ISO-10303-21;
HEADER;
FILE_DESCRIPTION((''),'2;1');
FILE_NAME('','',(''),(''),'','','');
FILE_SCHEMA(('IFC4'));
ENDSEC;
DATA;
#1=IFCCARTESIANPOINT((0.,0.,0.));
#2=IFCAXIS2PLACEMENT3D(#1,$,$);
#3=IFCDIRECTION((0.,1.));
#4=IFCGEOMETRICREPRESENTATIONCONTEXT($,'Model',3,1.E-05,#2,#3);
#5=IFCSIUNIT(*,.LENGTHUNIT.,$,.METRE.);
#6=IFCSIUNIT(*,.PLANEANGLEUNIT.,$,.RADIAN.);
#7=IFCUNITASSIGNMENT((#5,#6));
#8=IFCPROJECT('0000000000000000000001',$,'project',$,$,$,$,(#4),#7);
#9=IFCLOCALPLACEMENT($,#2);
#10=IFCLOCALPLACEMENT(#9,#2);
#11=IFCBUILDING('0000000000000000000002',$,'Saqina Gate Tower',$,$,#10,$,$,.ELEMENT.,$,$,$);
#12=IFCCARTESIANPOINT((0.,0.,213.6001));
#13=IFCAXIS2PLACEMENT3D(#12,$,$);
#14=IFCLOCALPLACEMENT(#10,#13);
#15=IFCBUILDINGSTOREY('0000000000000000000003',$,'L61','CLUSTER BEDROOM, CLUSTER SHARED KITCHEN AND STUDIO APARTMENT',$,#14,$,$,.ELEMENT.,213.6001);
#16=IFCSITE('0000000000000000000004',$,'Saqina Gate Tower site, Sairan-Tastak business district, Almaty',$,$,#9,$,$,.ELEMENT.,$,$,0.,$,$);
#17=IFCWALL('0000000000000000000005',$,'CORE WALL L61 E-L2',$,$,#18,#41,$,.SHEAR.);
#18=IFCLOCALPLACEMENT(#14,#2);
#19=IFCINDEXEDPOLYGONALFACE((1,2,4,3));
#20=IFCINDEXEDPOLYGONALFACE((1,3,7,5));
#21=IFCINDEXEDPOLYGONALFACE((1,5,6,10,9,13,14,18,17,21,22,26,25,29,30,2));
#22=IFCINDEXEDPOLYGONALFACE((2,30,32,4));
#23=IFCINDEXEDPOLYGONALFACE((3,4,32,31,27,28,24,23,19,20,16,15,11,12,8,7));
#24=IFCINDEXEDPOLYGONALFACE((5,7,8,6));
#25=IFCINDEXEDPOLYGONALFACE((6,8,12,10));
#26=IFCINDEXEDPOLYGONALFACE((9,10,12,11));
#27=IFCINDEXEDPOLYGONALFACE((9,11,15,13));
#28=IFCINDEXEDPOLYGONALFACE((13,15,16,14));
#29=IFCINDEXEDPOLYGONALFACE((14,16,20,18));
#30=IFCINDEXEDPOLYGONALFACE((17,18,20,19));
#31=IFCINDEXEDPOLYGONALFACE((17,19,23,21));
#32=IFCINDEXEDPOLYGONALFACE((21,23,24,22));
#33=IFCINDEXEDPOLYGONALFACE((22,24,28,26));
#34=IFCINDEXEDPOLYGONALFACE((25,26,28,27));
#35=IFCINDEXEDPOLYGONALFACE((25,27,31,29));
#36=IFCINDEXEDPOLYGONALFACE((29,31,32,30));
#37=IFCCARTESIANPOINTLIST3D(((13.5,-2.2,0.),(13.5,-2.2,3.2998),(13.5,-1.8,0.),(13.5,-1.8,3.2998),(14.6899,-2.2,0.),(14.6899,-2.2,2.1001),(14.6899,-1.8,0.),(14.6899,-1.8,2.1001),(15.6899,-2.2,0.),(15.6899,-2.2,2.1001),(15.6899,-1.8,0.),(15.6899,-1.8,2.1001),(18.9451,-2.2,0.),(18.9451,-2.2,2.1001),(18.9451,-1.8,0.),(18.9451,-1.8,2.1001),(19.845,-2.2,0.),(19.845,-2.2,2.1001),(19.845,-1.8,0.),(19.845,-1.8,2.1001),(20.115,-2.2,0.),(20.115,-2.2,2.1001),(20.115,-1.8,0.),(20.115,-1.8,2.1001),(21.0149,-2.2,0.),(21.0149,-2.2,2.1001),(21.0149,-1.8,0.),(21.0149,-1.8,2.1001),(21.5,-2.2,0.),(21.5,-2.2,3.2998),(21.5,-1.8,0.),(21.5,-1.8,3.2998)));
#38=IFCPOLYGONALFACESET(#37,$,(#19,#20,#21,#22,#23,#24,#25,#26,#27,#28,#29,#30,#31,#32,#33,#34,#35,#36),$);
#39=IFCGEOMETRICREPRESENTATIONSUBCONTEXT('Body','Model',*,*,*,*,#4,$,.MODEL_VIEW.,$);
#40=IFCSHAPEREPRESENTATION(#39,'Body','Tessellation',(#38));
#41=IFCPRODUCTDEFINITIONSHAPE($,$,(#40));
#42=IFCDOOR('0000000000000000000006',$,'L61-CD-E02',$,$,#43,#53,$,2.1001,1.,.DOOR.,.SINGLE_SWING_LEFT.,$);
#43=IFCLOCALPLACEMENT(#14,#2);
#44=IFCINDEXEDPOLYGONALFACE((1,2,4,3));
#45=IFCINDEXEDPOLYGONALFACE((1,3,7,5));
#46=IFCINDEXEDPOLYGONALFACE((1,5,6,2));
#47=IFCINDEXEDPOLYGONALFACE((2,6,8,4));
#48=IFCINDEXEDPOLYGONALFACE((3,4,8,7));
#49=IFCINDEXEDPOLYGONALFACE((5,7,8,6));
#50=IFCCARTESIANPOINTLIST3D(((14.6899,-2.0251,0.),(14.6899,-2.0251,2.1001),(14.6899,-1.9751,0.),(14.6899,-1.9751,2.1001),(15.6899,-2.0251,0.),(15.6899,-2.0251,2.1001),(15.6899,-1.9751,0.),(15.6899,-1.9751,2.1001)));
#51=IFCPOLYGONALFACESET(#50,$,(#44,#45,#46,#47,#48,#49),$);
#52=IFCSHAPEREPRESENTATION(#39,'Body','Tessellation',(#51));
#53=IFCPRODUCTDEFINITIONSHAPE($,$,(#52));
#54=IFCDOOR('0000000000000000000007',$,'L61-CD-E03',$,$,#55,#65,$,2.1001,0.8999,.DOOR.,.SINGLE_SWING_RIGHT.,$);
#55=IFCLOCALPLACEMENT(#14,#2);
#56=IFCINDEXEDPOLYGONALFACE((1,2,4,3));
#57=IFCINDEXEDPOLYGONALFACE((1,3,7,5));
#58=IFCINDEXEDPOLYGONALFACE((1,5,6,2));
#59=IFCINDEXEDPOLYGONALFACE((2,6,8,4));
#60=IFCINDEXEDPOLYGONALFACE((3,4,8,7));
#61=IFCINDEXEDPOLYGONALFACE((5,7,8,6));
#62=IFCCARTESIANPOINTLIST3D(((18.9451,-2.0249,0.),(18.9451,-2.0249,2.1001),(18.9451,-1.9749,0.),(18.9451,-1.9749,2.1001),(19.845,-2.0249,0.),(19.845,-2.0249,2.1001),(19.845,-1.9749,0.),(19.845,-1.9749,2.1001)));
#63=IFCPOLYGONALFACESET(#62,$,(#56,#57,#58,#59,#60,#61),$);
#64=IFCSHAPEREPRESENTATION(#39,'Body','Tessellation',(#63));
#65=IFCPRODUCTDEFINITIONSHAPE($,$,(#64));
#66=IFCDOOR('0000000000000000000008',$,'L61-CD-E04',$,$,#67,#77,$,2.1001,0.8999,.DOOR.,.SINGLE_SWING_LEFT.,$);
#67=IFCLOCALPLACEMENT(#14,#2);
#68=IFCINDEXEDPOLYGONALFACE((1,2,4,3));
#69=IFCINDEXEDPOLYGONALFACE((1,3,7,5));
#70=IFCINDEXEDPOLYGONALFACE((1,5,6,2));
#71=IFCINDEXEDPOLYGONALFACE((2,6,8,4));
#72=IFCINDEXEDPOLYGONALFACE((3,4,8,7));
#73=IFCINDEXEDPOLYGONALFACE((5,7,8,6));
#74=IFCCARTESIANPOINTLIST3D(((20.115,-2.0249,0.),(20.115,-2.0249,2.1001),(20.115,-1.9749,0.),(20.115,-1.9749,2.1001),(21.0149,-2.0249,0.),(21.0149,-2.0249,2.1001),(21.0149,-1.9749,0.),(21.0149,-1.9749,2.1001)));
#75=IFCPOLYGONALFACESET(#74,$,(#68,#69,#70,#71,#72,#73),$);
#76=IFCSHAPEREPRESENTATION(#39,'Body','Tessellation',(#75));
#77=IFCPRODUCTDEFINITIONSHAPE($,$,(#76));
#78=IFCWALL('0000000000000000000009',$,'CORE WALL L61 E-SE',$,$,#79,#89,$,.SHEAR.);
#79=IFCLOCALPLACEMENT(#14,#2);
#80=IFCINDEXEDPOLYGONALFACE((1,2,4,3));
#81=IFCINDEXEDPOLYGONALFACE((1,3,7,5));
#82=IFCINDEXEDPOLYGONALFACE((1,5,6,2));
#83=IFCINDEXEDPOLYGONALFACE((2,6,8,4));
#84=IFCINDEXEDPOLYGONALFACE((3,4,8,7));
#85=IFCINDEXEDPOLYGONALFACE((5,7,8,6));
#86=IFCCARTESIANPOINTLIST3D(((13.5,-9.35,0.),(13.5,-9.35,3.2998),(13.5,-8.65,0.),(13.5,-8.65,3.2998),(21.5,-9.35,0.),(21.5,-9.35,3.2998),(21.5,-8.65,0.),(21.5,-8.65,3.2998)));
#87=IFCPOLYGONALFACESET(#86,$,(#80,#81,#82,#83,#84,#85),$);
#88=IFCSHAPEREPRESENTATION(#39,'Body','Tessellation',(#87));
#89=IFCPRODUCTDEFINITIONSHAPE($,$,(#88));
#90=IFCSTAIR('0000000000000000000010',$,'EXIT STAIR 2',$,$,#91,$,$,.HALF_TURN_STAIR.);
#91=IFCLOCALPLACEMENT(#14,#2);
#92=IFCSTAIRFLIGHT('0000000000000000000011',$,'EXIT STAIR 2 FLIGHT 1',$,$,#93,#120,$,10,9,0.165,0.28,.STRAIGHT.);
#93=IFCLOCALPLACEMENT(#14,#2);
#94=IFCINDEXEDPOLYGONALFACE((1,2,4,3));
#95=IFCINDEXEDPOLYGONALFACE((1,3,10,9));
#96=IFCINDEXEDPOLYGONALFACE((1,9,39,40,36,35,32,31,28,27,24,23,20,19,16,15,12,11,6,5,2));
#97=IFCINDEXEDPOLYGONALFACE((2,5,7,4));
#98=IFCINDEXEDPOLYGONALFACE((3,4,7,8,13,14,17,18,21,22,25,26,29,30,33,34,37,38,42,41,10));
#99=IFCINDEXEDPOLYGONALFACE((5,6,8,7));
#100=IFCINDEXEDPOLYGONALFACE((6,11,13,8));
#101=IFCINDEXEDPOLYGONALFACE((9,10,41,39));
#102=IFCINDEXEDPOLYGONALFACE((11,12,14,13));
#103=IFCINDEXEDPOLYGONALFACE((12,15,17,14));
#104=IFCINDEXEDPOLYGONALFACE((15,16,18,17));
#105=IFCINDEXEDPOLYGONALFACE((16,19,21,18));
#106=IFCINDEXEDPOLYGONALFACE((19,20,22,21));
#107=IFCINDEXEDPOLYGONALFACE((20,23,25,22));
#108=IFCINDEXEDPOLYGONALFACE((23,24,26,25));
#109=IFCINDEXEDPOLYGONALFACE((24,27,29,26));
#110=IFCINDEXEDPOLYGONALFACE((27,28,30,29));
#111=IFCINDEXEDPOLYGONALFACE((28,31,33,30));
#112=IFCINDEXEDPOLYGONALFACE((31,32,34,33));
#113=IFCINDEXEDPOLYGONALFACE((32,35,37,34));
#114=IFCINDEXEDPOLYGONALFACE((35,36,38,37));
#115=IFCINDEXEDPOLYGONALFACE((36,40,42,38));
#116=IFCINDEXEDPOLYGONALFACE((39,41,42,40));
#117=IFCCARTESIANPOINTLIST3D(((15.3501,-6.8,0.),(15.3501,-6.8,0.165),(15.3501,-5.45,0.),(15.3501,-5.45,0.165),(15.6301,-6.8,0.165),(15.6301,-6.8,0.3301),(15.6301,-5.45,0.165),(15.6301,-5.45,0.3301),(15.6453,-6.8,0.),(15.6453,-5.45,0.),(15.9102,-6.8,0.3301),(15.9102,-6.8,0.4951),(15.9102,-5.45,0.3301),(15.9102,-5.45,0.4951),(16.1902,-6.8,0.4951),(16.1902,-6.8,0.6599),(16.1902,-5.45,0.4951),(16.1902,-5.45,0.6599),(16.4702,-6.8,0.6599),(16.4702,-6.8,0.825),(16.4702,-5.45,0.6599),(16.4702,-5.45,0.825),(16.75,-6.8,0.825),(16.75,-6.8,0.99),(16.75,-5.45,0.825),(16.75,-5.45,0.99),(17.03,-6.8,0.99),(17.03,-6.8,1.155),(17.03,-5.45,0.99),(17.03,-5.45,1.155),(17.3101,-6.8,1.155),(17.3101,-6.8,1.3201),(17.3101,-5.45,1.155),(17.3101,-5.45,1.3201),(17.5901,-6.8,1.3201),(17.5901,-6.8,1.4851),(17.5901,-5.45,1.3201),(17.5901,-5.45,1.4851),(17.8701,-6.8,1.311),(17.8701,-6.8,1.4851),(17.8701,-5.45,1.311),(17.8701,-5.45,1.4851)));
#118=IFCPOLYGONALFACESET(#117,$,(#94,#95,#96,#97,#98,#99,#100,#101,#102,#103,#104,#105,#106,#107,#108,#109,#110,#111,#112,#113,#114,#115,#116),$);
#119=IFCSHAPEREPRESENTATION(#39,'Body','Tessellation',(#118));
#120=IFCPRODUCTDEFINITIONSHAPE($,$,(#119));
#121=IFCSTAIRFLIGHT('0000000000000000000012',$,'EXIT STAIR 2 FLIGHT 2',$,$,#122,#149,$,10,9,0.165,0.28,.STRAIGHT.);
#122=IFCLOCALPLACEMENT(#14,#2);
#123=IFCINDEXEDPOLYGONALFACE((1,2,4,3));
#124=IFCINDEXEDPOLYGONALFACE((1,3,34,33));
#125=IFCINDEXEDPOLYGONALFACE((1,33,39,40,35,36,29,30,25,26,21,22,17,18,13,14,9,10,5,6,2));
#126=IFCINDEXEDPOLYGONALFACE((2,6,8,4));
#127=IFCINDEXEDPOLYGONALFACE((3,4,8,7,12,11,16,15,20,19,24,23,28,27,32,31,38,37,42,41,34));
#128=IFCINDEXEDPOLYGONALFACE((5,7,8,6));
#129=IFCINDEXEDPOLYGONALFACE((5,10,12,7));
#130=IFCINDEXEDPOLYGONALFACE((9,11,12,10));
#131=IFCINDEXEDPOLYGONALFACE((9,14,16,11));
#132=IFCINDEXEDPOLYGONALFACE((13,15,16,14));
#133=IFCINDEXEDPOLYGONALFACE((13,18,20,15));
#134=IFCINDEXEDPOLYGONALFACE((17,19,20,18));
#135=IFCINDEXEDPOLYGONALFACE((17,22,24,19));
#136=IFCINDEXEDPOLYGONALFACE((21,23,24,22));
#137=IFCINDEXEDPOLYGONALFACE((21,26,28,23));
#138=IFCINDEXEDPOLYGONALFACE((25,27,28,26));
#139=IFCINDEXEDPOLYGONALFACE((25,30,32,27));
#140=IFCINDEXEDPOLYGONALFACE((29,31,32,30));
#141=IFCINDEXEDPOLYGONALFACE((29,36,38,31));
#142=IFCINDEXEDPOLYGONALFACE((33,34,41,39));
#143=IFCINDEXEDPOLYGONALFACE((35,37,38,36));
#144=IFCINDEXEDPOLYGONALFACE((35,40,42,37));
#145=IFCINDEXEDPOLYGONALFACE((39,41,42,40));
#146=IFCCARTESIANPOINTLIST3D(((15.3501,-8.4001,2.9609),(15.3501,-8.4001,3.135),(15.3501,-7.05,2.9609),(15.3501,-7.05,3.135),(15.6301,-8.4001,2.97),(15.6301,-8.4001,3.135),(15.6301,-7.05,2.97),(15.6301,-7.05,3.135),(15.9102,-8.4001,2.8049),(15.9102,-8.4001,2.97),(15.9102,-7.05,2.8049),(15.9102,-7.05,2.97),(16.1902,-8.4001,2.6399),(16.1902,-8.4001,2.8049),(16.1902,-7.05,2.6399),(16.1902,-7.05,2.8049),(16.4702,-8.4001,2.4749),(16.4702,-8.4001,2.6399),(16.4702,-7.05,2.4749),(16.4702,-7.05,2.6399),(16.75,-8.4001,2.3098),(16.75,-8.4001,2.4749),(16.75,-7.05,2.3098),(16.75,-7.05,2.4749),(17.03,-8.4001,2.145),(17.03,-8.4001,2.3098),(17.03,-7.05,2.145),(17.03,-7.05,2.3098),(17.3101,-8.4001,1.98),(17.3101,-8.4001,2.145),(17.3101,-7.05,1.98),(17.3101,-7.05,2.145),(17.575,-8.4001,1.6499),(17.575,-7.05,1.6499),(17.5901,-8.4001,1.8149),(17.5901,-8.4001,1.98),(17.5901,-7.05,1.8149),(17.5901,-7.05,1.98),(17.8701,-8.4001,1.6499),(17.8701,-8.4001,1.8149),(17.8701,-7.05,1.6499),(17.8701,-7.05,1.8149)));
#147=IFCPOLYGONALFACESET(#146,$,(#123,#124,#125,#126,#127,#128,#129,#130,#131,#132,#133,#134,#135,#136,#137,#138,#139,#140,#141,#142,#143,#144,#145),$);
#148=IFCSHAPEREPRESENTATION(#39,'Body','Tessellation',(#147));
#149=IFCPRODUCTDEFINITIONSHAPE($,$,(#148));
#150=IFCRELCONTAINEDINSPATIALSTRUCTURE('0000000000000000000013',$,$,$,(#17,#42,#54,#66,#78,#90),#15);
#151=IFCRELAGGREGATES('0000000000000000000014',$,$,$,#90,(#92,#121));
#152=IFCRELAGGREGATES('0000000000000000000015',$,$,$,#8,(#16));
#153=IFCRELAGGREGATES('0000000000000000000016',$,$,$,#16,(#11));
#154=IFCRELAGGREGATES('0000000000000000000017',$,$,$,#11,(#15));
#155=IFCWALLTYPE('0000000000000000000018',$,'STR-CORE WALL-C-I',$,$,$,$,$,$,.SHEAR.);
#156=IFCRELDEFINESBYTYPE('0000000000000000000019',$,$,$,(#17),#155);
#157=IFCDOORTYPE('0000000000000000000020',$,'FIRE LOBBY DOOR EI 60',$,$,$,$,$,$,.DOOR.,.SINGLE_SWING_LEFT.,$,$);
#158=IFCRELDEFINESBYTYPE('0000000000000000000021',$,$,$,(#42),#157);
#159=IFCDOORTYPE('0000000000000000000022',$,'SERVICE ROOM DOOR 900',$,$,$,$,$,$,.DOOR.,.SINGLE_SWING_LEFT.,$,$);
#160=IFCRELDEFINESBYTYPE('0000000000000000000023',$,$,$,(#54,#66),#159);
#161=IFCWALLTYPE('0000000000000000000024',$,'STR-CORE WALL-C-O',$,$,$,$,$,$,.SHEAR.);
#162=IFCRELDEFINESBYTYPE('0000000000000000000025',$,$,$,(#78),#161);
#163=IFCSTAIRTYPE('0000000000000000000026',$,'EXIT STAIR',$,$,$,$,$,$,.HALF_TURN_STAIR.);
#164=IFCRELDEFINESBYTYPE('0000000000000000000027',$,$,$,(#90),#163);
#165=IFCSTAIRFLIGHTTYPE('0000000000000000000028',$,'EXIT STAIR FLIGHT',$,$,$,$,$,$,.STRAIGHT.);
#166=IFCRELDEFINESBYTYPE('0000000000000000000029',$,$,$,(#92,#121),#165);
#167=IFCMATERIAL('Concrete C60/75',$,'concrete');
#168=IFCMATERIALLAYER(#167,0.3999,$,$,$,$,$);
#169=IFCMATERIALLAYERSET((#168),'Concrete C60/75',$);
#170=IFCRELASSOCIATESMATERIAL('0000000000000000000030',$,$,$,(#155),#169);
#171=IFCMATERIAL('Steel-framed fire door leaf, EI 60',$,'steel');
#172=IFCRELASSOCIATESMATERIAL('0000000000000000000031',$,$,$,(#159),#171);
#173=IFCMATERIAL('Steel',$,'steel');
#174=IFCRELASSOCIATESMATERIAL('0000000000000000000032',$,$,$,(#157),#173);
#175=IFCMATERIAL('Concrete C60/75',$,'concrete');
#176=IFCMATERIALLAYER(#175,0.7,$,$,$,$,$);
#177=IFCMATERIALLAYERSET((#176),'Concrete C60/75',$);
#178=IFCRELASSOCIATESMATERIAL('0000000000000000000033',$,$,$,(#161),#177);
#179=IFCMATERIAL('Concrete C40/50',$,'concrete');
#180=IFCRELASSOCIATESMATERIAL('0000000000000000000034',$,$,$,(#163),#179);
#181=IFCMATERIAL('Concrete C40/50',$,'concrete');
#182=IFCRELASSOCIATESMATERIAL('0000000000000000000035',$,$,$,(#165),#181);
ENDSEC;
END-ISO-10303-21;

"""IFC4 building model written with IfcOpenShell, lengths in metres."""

from ifc_helpers import new_model, si_unit, direction, frame, frame_2d, origin, place, context, subcontext, project, spatial, polyline, rectangle, outline, extrude, material, layer, layer_set, type_object, element, fill, aggregate, save


model = new_model("IFC4")

# Units and contexts
model_context = context("Model", 3, precision=1e-05, world=origin(), true_north=direction((0.0, 1.0)))
body_context = subcontext(model_context, "Body", "Model", "MODEL_VIEW")
ifc_project = project(units=[si_unit("LENGTHUNIT", "METRE"), si_unit("PLANEANGLEUNIT", "RADIAN")], contexts=[model_context])

# Site, building, storey
site_placement = place(None, origin())
site = spatial("IfcSite", under=ifc_project, at=site_placement, Name="Saqina Gate Tower site, Sairan-Tastak business district, Almaty", CompositionType="ELEMENT", RefElevation=0.0)
building_placement = place(site_placement, origin())
building = spatial("IfcBuilding", under=site, at=building_placement, Name="Saqina Gate Tower", CompositionType="ELEMENT")
storey_placement = place(building_placement, frame((0.0, 0.0, 213.6001)))
storey = spatial("IfcBuildingStorey", under=building, at=storey_placement, Name="L61", Description="CLUSTER BEDROOM, CLUSTER SHARED KITCHEN AND STUDIO APARTMENT", CompositionType="ELEMENT", Elevation=213.6001)

# Wall, openings, doors
ifc_material_1 = material(Name="Concrete C60/75", Category="concrete")
ifc_layer_1 = layer(ifc_material_1, 0.3999)
ifc_layer_set_1 = layer_set([ifc_layer_1], Name="Concrete C60/75")
wall_type_1 = type_object("IfcWallType", Name="STR-CORE WALL-C-I", PredefinedType="SHEAR", material=ifc_layer_set_1)
ifc_material_2 = material(Name="Steel-framed fire door leaf, EI 60", Category="steel")
door_type_1 = type_object("IfcDoorType", Name="SERVICE ROOM DOOR 900", OperationType="SINGLE_SWING_LEFT", PredefinedType="DOOR", material=ifc_material_2)
wall_1_placement = place(storey_placement, frame((13.5, -2.0, 0.0), z_axis=(0.0, 0.0, 1.0), x_axis=(1.0, 0.0, 0.0)))
wall_1 = element("IfcWall", 1, at=wall_1_placement, inside=storey, type_object=wall_type_1, Name="CORE WALL L61 E-L2", PredefinedType="SHEAR", context=body_context, shape_type="SweptSolid", body=[
    extrude(rectangle(XDim=8.0, YDim=0.3999, at=frame_2d((4.0, 0.0))), origin(), (0.0, 0.0, 1.0), 3.2998),
])
opening_1_placement = place(wall_1_placement, frame((1.1899, 0.0, 0.0)))
opening_1 = element("IfcOpeningElement", 2, at=opening_1_placement, cuts=wall_1, PredefinedType="OPENING", context=body_context, shape_type="SweptSolid", body=[
    extrude(rectangle(XDim=1.0, YDim=2.1001, at=frame_2d((0.5, 1.05))), frame((0.0, 0.2119, 0.0), z_axis=(0.0, -1.0, 0.0), x_axis=(1.0, 0.0, 0.0)), (0.0, 0.0, 1.0), 0.4238),
])
opening_2_placement = place(wall_1_placement, frame((5.4451, 0.0, 0.0)))
opening_2 = element("IfcOpeningElement", 3, at=opening_2_placement, cuts=wall_1, PredefinedType="OPENING", context=body_context, shape_type="SweptSolid", body=[
    extrude(rectangle(XDim=0.8999, YDim=2.1001, at=frame_2d((0.45, 1.05))), frame((0.0, 0.2119, 0.0), z_axis=(0.0, -1.0, 0.0), x_axis=(1.0, 0.0, 0.0)), (0.0, 0.0, 1.0), 0.4238),
])
opening_3_placement = place(wall_1_placement, frame((6.615, 0.0, 0.0)))
opening_3 = element("IfcOpeningElement", 4, at=opening_3_placement, cuts=wall_1, PredefinedType="OPENING", context=body_context, shape_type="SweptSolid", body=[
    extrude(rectangle(XDim=0.8999, YDim=2.1001, at=frame_2d((0.45, 1.05))), frame((0.0, 0.2119, 0.0), z_axis=(0.0, -1.0, 0.0), x_axis=(1.0, 0.0, 0.0)), (0.0, 0.0, 1.0), 0.4238),
])
ifc_material_3 = material(Name="Steel", Category="steel")
door_type_2 = type_object("IfcDoorType", Name="FIRE LOBBY DOOR EI 60", OperationType="SINGLE_SWING_LEFT", PredefinedType="DOOR", material=ifc_material_3)
door_1_placement = place(opening_1_placement, origin())
door_1 = element("IfcDoor", 5, at=door_1_placement, inside=storey, type_object=door_type_2, Name="L61-CD-E02", OperationType="SINGLE_SWING_LEFT", OverallHeight=2.1001, OverallWidth=1.0, PredefinedType="DOOR", context=body_context, shape_type="SweptSolid", body=[
    extrude(rectangle(XDim=1.0, YDim=2.1001, at=frame_2d((0.5, 1.05))), frame((0.0, 0.0249, 0.0), z_axis=(0.0, -1.0, 0.0), x_axis=(1.0, 0.0, 0.0)), (0.0, 0.0, 1.0), 0.05),
])
fill(opening_1, door_1)
door_2_placement = place(opening_2_placement, frame((0.8999, 0.0, 0.0), z_axis=(0.0, 0.0, 1.0), x_axis=(-1.0, 0.0, 0.0)))
door_2 = element("IfcDoor", 6, at=door_2_placement, inside=storey, type_object=door_type_1, Name="L61-CD-E03", OperationType="SINGLE_SWING_RIGHT", OverallHeight=2.1001, OverallWidth=0.8999, PredefinedType="DOOR", context=body_context, shape_type="SweptSolid", body=[
    extrude(rectangle(XDim=0.8999, YDim=2.1001, at=frame_2d((0.45, 1.05))), frame((0.0, 0.0249, 0.0), z_axis=(0.0, -1.0, 0.0), x_axis=(1.0, 0.0, 0.0)), (0.0, 0.0, 1.0), 0.05),
])
fill(opening_2, door_2)
door_3_placement = place(opening_3_placement, frame((0.8999, 0.0, 0.0), z_axis=(0.0, 0.0, 1.0), x_axis=(-1.0, 0.0, 0.0)))
door_3 = element("IfcDoor", 7, at=door_3_placement, inside=storey, type_object=door_type_1, Name="L61-CD-E04", OperationType="SINGLE_SWING_LEFT", OverallHeight=2.1001, OverallWidth=0.8999, PredefinedType="DOOR", context=body_context, shape_type="SweptSolid", body=[
    extrude(rectangle(XDim=0.8999, YDim=2.1001, at=frame_2d((0.45, 1.05))), frame((0.0, 0.0249, 0.0), z_axis=(0.0, -1.0, 0.0), x_axis=(1.0, 0.0, 0.0)), (0.0, 0.0, 1.0), 0.05),
])
fill(opening_3, door_3)
ifc_material_4 = material(Name="Concrete C60/75", Category="concrete")
ifc_layer_2 = layer(ifc_material_4, 0.7)
ifc_layer_set_2 = layer_set([ifc_layer_2], Name="Concrete C60/75")
wall_type_2 = type_object("IfcWallType", Name="STR-CORE WALL-C-O", PredefinedType="SHEAR", material=ifc_layer_set_2)

# Wall
wall_2_placement = place(storey_placement, frame((13.5, -9.0, 0.0), z_axis=(0.0, 0.0, 1.0), x_axis=(1.0, 0.0, 0.0)))
element("IfcWall", 8, at=wall_2_placement, inside=storey, type_object=wall_type_2, Name="CORE WALL L61 E-SE", PredefinedType="SHEAR", context=body_context, shape_type="SweptSolid", body=[
    extrude(rectangle(XDim=8.0, YDim=0.7, at=frame_2d((4.0, 0.0))), origin(), (0.0, 0.0, 1.0), 3.2998),
])

# Stair, stair flights
ifc_material_5 = material(Name="Concrete C40/50", Category="concrete")
stair_type = type_object("IfcStairType", Name="EXIT STAIR", PredefinedType="HALF_TURN_STAIR", material=ifc_material_5)
stair_placement = place(storey_placement, origin())
stair = element("IfcStair", 9, at=stair_placement, inside=storey, type_object=stair_type, Name="EXIT STAIR 2", PredefinedType="HALF_TURN_STAIR")
ifc_material_6 = material(Name="Concrete C40/50", Category="concrete")
stair_flight_type = type_object("IfcStairFlightType", Name="EXIT STAIR FLIGHT", PredefinedType="STRAIGHT", material=ifc_material_6)
stair_flight_1_placement = place(storey_placement, frame((15.3501, -6.125, 0.0), z_axis=(0.0, 0.0, 1.0), x_axis=(1.0, 0.0, 0.0)))
stair_flight_1 = element("IfcStairFlight", 10, at=stair_flight_1_placement, type_object=stair_flight_type, Name="EXIT STAIR 2 FLIGHT 1", NumberOfRisers=10, NumberOfTreads=9, PredefinedType="STRAIGHT", RiserHeight=0.165, TreadLength=0.28, context=body_context, shape_type="SweptSolid", body=[
    extrude(outline(polyline([(0.0, 0.0), (0.0, 0.165), (0.28, 0.165), (0.28, 0.3301), (0.5601, 0.3301), (0.5601, 0.4951), (0.8401, 0.4951), (0.8401, 0.6599), (1.1201, 0.6599), (1.1201, 0.825), (1.3999, 0.825), (1.3999, 0.99), (1.6799, 0.99), (1.6799, 1.155), (1.96, 1.155), (1.96, 1.3201), (2.24, 1.3201), (2.24, 1.4851), (2.52, 1.4851), (2.52, 1.6499), (2.52, 1.311), (0.2952, 0.0), (0.0, 0.0)])), frame((0.0, 0.675, 0.0), z_axis=(0.0, -1.0, 0.0), x_axis=(1.0, 0.0, 0.0)), (0.0, 0.0, 1.0), 1.3501),
])
stair_flight_2_placement = place(storey_placement, frame((17.8701, -7.7251, 1.6499), z_axis=(0.0, 0.0, 1.0), x_axis=(-1.0, 0.0, 0.0)))
stair_flight_2 = element("IfcStairFlight", 11, at=stair_flight_2_placement, type_object=stair_flight_type, Name="EXIT STAIR 2 FLIGHT 2", NumberOfRisers=10, NumberOfTreads=9, PredefinedType="STRAIGHT", RiserHeight=0.165, TreadLength=0.28, context=body_context, shape_type="SweptSolid", body=[
    extrude(outline(polyline([(0.0, 0.0), (0.0, 0.165), (0.28, 0.165), (0.28, 0.3301), (0.5601, 0.3301), (0.5601, 0.4951), (0.8401, 0.4951), (0.8401, 0.6599), (1.1201, 0.6599), (1.1201, 0.825), (1.3999, 0.825), (1.3999, 0.99), (1.6799, 0.99), (1.6799, 1.155), (1.96, 1.155), (1.96, 1.3201), (2.24, 1.3201), (2.24, 1.4851), (2.52, 1.4851), (2.52, 1.6499), (2.52, 1.311), (0.2952, 0.0), (0.0, 0.0)])), frame((0.0, 0.675, 0.0), z_axis=(0.0, -1.0, 0.0), x_axis=(1.0, 0.0, 0.0)), (0.0, 0.0, 1.0), 1.3501),
])
aggregate(stair, [stair_flight_1, stair_flight_2])

save(model, "model.ifc")
